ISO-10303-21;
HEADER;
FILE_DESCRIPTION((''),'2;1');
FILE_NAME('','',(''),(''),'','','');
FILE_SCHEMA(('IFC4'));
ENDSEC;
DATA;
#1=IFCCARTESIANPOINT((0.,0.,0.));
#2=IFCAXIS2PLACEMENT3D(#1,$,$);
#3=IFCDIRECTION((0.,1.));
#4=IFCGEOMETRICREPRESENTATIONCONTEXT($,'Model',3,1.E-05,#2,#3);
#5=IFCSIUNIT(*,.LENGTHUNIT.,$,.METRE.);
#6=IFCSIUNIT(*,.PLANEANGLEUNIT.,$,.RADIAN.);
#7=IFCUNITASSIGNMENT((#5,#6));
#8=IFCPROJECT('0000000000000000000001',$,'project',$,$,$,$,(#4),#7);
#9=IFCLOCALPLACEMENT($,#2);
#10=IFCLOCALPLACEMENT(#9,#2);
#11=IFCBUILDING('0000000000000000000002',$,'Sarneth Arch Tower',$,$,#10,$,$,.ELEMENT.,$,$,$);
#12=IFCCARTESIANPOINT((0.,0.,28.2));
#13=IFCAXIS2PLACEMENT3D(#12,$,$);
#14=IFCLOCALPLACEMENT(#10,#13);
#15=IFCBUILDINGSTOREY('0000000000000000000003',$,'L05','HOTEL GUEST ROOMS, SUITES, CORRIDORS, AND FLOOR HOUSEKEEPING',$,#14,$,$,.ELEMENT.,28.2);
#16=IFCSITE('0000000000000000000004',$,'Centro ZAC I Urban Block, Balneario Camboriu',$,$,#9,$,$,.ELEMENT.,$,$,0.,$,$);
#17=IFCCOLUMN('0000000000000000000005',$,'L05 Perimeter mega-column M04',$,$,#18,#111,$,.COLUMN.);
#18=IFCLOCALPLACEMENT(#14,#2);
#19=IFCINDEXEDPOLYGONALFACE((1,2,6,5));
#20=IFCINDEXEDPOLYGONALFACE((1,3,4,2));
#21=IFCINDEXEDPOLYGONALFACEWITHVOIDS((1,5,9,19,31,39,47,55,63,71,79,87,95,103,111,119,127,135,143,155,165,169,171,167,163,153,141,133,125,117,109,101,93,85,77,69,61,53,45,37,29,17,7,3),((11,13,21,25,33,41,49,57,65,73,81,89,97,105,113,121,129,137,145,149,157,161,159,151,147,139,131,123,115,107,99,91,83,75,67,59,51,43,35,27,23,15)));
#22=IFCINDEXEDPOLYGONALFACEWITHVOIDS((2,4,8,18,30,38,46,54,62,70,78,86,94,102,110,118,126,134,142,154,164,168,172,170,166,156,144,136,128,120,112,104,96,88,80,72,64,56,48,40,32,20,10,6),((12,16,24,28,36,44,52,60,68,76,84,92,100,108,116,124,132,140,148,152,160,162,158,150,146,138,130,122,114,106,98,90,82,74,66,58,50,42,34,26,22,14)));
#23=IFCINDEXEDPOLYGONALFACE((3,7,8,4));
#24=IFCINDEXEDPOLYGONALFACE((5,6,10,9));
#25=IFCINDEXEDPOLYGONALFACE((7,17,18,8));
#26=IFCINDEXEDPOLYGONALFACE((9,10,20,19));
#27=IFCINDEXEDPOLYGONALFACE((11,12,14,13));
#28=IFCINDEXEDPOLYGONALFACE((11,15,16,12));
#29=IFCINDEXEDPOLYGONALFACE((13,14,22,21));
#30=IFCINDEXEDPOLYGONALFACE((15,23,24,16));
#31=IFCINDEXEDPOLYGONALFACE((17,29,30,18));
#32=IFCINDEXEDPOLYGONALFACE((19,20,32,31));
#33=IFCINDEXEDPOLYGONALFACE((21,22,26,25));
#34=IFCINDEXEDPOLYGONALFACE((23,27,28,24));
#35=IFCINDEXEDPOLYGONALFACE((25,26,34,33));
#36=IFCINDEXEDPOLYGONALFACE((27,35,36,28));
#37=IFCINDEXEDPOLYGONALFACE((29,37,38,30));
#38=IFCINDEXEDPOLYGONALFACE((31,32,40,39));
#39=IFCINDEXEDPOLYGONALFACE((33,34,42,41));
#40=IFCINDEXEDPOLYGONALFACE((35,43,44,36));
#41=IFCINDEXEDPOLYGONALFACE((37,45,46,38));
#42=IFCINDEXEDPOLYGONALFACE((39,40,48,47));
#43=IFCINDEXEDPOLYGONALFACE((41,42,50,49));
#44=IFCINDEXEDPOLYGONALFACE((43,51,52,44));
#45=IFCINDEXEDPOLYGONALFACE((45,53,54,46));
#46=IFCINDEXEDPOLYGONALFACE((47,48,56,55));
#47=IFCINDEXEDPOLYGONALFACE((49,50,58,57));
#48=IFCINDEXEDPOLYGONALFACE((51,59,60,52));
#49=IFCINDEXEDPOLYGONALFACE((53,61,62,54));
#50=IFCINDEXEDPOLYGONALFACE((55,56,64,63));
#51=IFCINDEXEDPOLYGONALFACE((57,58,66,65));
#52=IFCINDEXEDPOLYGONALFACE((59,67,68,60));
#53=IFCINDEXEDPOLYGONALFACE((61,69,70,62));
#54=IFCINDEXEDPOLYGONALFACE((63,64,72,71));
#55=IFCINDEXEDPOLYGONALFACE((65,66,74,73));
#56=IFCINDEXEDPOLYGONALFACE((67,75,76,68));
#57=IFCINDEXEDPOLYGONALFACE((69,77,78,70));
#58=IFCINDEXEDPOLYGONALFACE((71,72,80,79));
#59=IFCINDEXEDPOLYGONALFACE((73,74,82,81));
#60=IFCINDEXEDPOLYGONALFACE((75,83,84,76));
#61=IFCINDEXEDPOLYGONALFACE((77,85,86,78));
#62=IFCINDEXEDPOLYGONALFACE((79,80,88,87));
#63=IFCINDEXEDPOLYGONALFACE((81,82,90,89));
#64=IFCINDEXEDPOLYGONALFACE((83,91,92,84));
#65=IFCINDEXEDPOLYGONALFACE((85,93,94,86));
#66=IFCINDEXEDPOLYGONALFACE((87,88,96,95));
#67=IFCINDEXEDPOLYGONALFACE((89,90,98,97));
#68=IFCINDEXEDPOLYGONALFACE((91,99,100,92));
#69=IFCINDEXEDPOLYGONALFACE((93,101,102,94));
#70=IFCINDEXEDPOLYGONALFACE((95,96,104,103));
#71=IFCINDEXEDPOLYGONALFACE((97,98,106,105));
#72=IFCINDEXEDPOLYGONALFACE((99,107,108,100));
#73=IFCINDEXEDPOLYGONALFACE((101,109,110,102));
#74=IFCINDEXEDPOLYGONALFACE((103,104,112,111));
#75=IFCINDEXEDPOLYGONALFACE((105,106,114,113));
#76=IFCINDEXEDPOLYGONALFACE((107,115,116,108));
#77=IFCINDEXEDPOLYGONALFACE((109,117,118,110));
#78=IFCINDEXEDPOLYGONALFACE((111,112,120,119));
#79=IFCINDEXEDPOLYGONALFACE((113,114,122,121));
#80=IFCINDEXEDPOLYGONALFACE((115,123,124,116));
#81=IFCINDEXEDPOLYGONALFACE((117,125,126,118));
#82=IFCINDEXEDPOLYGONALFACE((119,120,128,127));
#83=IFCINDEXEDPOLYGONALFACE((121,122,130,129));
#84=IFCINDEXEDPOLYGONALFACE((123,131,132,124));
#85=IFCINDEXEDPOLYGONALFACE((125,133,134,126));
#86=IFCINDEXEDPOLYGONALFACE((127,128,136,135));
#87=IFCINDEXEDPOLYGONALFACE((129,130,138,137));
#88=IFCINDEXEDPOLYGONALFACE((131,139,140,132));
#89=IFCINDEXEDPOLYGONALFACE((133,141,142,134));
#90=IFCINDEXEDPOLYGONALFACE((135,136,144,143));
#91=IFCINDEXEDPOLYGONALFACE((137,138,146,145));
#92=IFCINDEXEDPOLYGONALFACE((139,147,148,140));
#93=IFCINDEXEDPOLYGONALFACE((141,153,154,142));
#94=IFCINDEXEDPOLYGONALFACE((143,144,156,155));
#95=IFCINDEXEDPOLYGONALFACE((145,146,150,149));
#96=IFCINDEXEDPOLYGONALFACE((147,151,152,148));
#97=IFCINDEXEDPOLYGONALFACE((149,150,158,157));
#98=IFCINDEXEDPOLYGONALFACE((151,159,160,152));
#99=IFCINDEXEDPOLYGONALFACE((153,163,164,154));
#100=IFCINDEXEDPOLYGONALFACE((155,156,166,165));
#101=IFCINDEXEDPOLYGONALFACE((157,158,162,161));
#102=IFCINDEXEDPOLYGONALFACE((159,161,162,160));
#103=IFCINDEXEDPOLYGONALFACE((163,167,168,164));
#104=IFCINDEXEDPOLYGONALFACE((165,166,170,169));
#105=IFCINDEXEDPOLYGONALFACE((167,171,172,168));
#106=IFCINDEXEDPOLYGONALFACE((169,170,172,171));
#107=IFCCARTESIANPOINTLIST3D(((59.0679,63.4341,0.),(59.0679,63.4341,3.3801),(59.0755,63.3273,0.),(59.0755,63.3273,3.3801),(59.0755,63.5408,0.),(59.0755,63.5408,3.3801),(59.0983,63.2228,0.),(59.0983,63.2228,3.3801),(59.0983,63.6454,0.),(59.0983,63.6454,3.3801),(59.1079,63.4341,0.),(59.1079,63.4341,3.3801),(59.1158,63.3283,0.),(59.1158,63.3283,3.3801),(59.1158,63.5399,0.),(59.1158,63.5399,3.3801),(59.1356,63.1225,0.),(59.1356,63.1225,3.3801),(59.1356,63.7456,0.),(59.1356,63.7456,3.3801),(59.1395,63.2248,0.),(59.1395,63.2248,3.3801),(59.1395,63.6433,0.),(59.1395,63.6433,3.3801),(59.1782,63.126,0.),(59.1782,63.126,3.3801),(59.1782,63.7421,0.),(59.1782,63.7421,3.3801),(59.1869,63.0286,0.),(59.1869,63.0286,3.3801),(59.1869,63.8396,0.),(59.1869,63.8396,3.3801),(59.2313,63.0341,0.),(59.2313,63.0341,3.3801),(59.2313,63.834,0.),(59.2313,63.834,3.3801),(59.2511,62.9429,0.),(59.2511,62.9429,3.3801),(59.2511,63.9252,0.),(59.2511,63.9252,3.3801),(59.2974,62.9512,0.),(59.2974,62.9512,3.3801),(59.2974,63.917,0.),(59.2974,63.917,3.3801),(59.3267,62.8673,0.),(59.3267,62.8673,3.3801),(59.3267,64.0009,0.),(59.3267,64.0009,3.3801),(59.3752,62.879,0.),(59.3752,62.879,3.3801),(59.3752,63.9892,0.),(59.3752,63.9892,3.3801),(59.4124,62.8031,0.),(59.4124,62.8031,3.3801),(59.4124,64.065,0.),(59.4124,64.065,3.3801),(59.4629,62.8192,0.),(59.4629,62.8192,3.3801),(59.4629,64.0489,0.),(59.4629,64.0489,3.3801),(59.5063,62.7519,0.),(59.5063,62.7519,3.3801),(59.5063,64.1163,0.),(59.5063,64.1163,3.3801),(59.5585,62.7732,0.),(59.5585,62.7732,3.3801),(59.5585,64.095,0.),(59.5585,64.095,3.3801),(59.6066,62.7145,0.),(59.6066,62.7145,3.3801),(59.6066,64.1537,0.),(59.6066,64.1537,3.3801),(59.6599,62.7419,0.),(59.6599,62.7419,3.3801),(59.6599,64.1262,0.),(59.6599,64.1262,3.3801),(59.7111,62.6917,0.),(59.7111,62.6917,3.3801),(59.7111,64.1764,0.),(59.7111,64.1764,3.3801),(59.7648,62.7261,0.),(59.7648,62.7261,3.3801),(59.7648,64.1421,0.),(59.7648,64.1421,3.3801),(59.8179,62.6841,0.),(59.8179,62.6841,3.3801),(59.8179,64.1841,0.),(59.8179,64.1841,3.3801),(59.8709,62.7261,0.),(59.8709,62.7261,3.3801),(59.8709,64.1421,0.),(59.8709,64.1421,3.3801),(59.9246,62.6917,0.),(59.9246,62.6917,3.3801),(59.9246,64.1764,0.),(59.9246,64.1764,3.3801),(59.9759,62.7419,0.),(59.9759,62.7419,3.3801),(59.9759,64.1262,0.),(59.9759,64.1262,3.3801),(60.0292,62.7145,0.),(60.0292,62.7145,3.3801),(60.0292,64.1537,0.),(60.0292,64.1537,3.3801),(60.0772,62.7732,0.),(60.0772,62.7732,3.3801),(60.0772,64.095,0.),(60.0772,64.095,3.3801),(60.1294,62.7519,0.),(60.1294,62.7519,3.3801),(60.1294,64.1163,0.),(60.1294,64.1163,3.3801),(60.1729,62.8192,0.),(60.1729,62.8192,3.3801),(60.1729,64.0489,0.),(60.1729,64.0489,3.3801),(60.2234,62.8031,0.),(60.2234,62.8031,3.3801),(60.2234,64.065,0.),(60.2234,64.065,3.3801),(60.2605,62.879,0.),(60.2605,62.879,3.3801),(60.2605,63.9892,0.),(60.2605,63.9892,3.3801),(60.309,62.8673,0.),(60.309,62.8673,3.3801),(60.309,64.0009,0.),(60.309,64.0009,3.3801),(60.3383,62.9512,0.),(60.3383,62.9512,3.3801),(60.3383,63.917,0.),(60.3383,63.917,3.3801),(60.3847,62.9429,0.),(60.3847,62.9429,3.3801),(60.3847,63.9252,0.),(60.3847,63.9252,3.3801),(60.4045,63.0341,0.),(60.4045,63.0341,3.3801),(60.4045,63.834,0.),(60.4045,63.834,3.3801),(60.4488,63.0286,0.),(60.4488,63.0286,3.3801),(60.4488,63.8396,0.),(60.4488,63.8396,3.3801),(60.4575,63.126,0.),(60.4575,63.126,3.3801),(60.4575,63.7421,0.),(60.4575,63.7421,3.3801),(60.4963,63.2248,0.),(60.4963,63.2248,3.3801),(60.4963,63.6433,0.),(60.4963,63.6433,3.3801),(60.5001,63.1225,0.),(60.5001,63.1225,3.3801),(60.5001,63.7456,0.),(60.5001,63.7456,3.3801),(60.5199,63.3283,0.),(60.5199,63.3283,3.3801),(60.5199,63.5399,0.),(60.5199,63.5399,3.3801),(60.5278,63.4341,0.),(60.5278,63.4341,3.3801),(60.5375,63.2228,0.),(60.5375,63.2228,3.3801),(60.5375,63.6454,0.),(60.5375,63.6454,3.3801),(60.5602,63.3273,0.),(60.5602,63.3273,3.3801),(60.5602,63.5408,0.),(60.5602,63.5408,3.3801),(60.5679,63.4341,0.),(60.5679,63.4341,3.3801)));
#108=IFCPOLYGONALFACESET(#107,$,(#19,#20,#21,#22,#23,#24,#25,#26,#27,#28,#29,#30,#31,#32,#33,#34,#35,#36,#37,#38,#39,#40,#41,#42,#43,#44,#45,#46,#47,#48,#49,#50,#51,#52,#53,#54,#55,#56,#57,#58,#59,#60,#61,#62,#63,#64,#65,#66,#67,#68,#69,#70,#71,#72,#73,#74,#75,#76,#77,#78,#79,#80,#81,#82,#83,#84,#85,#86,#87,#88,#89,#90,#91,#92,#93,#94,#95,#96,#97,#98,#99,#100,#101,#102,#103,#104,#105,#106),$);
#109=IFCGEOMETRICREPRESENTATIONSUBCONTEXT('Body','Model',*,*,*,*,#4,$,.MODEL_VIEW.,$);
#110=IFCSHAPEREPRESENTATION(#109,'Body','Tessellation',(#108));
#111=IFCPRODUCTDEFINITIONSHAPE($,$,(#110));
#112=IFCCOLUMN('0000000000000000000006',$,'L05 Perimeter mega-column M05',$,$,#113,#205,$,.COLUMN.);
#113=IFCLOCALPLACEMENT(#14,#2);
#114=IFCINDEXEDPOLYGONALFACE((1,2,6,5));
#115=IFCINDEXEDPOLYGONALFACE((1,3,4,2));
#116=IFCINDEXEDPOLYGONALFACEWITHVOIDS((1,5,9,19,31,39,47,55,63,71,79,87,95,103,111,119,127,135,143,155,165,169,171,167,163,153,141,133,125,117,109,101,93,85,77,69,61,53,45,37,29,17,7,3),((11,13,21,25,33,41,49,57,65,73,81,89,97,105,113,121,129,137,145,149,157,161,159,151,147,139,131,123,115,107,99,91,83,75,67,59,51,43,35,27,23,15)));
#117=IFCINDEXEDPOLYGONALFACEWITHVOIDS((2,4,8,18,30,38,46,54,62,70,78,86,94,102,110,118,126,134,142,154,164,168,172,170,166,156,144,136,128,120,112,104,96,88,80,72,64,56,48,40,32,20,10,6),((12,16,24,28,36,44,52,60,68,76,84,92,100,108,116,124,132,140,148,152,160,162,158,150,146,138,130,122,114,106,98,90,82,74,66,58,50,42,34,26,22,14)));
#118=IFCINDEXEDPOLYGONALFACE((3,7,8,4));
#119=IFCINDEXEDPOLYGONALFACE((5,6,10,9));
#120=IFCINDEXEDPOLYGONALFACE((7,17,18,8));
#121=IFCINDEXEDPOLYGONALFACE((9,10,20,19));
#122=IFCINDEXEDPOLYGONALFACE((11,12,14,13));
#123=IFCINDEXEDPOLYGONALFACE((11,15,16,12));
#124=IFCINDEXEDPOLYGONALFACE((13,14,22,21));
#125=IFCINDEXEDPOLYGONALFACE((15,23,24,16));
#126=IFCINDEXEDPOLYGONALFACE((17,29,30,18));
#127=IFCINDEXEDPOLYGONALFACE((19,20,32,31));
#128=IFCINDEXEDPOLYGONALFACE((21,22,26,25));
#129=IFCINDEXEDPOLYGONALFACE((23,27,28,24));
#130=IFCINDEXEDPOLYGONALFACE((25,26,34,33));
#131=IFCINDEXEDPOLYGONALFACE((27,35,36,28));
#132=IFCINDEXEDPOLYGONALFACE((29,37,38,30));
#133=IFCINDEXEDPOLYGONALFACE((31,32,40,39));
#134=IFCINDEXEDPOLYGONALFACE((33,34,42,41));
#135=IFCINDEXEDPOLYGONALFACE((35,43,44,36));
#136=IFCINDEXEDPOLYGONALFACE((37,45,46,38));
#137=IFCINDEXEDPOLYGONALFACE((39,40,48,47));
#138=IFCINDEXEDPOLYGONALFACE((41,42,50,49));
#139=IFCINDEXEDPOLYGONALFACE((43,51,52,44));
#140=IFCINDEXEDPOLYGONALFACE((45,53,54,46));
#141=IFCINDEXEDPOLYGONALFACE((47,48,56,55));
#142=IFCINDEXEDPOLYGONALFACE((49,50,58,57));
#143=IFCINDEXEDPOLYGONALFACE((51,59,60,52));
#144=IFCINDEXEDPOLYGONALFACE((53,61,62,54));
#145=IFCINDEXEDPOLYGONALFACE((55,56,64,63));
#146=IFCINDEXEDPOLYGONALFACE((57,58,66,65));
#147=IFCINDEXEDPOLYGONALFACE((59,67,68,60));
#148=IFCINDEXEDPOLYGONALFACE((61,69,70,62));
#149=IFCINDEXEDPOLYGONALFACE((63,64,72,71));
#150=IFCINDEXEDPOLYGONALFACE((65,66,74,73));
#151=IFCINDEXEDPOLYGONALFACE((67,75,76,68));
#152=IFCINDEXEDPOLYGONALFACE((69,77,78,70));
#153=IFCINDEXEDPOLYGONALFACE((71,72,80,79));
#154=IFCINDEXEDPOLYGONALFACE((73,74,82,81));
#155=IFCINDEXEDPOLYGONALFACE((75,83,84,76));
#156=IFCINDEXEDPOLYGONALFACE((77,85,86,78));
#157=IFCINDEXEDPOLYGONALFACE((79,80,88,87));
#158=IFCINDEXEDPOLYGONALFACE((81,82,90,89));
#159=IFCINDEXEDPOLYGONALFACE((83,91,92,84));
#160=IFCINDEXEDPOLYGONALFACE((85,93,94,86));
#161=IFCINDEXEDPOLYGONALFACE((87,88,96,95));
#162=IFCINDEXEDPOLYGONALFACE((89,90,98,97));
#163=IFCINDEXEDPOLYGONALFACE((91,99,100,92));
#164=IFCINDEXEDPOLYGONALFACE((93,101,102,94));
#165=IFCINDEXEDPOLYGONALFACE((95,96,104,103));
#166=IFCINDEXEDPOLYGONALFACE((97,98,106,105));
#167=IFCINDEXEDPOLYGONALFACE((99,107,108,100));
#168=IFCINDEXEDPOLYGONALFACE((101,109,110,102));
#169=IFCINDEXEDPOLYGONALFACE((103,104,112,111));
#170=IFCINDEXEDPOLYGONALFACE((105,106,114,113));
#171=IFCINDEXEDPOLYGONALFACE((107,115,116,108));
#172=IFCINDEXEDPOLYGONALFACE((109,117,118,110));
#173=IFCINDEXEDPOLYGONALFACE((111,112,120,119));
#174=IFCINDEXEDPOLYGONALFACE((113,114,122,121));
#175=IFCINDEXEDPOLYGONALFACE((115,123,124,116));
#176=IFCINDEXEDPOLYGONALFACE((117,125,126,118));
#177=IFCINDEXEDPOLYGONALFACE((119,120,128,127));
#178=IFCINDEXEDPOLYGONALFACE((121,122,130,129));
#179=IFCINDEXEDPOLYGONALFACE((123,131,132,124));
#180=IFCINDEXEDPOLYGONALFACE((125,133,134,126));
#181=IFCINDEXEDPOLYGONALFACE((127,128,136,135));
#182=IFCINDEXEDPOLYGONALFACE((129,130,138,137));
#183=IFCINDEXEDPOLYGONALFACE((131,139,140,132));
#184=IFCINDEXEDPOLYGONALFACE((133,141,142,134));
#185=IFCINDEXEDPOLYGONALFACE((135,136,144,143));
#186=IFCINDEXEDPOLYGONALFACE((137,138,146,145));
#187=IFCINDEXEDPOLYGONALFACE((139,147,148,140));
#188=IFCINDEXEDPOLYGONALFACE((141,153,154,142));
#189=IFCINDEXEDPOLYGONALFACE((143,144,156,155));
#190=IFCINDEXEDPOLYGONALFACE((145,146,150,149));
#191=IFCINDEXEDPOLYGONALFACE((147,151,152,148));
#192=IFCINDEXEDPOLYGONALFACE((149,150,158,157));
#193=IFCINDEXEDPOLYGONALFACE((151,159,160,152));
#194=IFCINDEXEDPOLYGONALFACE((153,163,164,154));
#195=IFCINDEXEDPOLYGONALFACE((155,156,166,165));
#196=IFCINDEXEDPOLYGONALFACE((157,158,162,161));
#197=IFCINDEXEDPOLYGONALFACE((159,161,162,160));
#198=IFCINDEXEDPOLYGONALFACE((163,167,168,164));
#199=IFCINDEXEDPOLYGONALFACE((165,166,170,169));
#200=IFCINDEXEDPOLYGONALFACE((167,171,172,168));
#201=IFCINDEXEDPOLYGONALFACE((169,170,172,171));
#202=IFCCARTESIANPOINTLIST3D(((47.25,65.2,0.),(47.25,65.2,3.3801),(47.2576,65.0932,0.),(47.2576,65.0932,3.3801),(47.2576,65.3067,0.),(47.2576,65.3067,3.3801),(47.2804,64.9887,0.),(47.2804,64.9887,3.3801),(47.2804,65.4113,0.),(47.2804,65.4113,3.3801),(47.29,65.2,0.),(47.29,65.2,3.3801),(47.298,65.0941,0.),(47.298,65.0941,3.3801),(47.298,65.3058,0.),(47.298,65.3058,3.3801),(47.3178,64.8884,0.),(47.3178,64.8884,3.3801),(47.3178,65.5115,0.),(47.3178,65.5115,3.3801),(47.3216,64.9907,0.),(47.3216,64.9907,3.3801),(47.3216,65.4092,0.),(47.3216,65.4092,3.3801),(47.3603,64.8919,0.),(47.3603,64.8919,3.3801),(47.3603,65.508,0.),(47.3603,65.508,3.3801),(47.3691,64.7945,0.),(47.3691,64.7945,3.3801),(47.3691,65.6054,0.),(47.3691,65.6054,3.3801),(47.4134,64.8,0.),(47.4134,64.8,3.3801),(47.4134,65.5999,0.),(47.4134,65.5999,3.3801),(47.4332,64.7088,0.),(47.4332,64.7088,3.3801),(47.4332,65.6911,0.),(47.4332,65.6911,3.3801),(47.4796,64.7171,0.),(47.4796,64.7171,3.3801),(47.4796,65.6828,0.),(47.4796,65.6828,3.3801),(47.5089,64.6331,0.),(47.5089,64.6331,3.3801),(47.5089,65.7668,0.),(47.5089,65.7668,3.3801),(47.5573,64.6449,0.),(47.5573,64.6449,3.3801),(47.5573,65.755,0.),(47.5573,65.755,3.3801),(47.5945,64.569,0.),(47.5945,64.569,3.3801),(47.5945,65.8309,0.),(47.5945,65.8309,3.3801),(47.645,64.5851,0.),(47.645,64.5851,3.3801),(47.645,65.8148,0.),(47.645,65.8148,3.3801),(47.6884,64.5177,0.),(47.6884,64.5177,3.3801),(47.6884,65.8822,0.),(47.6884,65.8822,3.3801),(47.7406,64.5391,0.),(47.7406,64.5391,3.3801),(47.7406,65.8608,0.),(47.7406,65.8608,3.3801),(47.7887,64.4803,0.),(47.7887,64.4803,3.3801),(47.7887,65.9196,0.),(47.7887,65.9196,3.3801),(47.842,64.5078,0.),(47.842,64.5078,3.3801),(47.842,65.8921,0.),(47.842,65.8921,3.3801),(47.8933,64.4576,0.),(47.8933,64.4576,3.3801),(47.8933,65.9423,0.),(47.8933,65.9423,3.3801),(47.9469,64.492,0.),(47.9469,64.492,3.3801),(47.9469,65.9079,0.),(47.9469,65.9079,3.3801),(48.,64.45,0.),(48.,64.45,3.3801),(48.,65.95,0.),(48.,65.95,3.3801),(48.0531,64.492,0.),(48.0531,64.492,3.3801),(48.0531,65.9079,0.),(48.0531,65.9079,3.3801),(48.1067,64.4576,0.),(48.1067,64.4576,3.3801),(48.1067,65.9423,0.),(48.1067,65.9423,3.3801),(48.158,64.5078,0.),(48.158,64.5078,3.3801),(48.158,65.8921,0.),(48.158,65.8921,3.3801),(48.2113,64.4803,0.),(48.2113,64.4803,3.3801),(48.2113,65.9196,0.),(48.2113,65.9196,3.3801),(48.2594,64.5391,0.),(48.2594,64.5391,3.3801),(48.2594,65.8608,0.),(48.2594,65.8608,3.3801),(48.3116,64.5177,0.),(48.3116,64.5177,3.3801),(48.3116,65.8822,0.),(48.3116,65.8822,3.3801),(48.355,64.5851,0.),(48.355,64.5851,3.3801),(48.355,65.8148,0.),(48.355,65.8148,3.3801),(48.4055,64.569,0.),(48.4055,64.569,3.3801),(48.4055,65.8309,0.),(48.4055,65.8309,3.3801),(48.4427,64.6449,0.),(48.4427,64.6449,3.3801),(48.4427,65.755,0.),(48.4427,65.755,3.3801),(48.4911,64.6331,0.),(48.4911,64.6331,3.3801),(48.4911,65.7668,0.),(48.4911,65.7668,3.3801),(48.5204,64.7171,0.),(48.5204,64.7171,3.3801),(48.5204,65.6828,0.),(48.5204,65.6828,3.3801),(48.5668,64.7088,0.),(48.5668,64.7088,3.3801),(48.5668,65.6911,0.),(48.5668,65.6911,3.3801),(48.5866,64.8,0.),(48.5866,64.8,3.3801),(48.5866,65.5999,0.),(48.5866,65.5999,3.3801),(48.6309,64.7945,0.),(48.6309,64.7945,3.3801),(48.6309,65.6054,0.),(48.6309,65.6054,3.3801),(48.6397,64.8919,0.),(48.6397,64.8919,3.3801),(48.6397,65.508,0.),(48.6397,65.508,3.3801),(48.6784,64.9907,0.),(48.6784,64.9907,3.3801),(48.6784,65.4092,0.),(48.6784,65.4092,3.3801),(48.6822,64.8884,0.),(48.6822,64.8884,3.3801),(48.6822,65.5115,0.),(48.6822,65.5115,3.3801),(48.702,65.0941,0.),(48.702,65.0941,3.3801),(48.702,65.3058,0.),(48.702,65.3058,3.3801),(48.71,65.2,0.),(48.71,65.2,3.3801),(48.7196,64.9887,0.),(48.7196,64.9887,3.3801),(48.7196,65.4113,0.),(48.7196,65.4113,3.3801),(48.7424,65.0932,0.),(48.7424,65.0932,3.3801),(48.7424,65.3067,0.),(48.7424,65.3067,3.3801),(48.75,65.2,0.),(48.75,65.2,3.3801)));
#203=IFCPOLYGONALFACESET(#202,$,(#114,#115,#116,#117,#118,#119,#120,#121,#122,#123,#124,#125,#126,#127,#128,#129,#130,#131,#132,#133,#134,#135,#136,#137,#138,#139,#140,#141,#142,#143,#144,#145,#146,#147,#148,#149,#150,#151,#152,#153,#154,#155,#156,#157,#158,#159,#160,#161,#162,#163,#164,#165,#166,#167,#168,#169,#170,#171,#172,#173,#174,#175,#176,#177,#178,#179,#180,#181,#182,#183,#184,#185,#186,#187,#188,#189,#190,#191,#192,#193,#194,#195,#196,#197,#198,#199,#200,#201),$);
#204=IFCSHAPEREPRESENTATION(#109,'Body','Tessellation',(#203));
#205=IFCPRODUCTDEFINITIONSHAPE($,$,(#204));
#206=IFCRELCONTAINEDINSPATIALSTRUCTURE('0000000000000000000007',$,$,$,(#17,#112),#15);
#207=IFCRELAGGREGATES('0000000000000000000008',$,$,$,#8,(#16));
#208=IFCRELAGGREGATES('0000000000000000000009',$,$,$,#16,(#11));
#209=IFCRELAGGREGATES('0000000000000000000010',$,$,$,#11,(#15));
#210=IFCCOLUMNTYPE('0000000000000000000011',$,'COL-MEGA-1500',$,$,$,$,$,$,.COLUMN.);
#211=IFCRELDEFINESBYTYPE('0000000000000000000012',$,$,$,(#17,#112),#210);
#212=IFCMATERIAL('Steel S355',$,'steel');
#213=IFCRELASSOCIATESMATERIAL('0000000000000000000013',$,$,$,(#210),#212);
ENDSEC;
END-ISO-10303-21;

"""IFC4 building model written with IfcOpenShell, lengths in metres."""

from ifc_helpers import new_model, si_unit, direction, frame, origin, origin_2d, place, context, subcontext, project, spatial, hollow_circle, extrude, material, material_profile, profile_set, type_object, element, save


model = new_model("IFC4")

# Units and contexts
model_context = context("Model", 3, precision=1e-05, world=origin(), true_north=direction((0.0, 1.0)))
body_context = subcontext(model_context, "Body", "Model", "MODEL_VIEW")
ifc_project = project(units=[si_unit("LENGTHUNIT", "METRE"), si_unit("PLANEANGLEUNIT", "RADIAN")], contexts=[model_context])

# Site, building, storey
site_placement = place(None, origin())
site = spatial("IfcSite", under=ifc_project, at=site_placement, Name="Centro ZAC I Urban Block, Balneario Camboriu", CompositionType="ELEMENT", RefElevation=0.0)
building_placement = place(site_placement, origin())
building = spatial("IfcBuilding", under=site, at=building_placement, Name="Sarneth Arch Tower", CompositionType="ELEMENT")
storey_placement = place(building_placement, frame((0.0, 0.0, 28.2)))
storey = spatial("IfcBuildingStorey", under=building, at=storey_placement, Name="L05", Description="HOTEL GUEST ROOMS, SUITES, CORRIDORS, AND FLOOR HOUSEKEEPING", CompositionType="ELEMENT", Elevation=28.2)

# Columns
ifc_material_1 = material(Name="Steel S355", Category="steel")
ifc_material_profile_1 = material_profile(ifc_material_1, hollow_circle(Radius=0.75, WallThickness=0.04, at=origin_2d()), Name="CHS1500x40")
ifc_profile_set_1 = profile_set([ifc_material_profile_1], Name="Steel S355")
column_type = type_object("IfcColumnType", Name="COL-MEGA-1500", PredefinedType="COLUMN", material=ifc_profile_set_1)
for number, where, z_axis, x_axis, name in (
    (1, (59.8179, 63.4341, 0.0), (0.0, 0.0, 1.0), (1.0, 0.0, 0.0), "L05 Perimeter mega-column M04"),
    (2, (48.0, 65.2, 0.0), (0.0, 0.0, 1.0), (1.0, 0.0, 0.0), "L05 Perimeter mega-column M05"),
):
    element("IfcColumn", number, at=place(storey_placement, frame(where, z_axis=z_axis, x_axis=x_axis)), inside=storey, type_object=column_type, Name=name, PredefinedType="COLUMN", context=body_context, shape_type="SweptSolid", body=[
        extrude(hollow_circle(Radius=0.75, WallThickness=0.04, at=origin_2d()), origin(), (0.0, 0.0, 1.0), 3.3801),
    ])

save(model, "model.ifc")
